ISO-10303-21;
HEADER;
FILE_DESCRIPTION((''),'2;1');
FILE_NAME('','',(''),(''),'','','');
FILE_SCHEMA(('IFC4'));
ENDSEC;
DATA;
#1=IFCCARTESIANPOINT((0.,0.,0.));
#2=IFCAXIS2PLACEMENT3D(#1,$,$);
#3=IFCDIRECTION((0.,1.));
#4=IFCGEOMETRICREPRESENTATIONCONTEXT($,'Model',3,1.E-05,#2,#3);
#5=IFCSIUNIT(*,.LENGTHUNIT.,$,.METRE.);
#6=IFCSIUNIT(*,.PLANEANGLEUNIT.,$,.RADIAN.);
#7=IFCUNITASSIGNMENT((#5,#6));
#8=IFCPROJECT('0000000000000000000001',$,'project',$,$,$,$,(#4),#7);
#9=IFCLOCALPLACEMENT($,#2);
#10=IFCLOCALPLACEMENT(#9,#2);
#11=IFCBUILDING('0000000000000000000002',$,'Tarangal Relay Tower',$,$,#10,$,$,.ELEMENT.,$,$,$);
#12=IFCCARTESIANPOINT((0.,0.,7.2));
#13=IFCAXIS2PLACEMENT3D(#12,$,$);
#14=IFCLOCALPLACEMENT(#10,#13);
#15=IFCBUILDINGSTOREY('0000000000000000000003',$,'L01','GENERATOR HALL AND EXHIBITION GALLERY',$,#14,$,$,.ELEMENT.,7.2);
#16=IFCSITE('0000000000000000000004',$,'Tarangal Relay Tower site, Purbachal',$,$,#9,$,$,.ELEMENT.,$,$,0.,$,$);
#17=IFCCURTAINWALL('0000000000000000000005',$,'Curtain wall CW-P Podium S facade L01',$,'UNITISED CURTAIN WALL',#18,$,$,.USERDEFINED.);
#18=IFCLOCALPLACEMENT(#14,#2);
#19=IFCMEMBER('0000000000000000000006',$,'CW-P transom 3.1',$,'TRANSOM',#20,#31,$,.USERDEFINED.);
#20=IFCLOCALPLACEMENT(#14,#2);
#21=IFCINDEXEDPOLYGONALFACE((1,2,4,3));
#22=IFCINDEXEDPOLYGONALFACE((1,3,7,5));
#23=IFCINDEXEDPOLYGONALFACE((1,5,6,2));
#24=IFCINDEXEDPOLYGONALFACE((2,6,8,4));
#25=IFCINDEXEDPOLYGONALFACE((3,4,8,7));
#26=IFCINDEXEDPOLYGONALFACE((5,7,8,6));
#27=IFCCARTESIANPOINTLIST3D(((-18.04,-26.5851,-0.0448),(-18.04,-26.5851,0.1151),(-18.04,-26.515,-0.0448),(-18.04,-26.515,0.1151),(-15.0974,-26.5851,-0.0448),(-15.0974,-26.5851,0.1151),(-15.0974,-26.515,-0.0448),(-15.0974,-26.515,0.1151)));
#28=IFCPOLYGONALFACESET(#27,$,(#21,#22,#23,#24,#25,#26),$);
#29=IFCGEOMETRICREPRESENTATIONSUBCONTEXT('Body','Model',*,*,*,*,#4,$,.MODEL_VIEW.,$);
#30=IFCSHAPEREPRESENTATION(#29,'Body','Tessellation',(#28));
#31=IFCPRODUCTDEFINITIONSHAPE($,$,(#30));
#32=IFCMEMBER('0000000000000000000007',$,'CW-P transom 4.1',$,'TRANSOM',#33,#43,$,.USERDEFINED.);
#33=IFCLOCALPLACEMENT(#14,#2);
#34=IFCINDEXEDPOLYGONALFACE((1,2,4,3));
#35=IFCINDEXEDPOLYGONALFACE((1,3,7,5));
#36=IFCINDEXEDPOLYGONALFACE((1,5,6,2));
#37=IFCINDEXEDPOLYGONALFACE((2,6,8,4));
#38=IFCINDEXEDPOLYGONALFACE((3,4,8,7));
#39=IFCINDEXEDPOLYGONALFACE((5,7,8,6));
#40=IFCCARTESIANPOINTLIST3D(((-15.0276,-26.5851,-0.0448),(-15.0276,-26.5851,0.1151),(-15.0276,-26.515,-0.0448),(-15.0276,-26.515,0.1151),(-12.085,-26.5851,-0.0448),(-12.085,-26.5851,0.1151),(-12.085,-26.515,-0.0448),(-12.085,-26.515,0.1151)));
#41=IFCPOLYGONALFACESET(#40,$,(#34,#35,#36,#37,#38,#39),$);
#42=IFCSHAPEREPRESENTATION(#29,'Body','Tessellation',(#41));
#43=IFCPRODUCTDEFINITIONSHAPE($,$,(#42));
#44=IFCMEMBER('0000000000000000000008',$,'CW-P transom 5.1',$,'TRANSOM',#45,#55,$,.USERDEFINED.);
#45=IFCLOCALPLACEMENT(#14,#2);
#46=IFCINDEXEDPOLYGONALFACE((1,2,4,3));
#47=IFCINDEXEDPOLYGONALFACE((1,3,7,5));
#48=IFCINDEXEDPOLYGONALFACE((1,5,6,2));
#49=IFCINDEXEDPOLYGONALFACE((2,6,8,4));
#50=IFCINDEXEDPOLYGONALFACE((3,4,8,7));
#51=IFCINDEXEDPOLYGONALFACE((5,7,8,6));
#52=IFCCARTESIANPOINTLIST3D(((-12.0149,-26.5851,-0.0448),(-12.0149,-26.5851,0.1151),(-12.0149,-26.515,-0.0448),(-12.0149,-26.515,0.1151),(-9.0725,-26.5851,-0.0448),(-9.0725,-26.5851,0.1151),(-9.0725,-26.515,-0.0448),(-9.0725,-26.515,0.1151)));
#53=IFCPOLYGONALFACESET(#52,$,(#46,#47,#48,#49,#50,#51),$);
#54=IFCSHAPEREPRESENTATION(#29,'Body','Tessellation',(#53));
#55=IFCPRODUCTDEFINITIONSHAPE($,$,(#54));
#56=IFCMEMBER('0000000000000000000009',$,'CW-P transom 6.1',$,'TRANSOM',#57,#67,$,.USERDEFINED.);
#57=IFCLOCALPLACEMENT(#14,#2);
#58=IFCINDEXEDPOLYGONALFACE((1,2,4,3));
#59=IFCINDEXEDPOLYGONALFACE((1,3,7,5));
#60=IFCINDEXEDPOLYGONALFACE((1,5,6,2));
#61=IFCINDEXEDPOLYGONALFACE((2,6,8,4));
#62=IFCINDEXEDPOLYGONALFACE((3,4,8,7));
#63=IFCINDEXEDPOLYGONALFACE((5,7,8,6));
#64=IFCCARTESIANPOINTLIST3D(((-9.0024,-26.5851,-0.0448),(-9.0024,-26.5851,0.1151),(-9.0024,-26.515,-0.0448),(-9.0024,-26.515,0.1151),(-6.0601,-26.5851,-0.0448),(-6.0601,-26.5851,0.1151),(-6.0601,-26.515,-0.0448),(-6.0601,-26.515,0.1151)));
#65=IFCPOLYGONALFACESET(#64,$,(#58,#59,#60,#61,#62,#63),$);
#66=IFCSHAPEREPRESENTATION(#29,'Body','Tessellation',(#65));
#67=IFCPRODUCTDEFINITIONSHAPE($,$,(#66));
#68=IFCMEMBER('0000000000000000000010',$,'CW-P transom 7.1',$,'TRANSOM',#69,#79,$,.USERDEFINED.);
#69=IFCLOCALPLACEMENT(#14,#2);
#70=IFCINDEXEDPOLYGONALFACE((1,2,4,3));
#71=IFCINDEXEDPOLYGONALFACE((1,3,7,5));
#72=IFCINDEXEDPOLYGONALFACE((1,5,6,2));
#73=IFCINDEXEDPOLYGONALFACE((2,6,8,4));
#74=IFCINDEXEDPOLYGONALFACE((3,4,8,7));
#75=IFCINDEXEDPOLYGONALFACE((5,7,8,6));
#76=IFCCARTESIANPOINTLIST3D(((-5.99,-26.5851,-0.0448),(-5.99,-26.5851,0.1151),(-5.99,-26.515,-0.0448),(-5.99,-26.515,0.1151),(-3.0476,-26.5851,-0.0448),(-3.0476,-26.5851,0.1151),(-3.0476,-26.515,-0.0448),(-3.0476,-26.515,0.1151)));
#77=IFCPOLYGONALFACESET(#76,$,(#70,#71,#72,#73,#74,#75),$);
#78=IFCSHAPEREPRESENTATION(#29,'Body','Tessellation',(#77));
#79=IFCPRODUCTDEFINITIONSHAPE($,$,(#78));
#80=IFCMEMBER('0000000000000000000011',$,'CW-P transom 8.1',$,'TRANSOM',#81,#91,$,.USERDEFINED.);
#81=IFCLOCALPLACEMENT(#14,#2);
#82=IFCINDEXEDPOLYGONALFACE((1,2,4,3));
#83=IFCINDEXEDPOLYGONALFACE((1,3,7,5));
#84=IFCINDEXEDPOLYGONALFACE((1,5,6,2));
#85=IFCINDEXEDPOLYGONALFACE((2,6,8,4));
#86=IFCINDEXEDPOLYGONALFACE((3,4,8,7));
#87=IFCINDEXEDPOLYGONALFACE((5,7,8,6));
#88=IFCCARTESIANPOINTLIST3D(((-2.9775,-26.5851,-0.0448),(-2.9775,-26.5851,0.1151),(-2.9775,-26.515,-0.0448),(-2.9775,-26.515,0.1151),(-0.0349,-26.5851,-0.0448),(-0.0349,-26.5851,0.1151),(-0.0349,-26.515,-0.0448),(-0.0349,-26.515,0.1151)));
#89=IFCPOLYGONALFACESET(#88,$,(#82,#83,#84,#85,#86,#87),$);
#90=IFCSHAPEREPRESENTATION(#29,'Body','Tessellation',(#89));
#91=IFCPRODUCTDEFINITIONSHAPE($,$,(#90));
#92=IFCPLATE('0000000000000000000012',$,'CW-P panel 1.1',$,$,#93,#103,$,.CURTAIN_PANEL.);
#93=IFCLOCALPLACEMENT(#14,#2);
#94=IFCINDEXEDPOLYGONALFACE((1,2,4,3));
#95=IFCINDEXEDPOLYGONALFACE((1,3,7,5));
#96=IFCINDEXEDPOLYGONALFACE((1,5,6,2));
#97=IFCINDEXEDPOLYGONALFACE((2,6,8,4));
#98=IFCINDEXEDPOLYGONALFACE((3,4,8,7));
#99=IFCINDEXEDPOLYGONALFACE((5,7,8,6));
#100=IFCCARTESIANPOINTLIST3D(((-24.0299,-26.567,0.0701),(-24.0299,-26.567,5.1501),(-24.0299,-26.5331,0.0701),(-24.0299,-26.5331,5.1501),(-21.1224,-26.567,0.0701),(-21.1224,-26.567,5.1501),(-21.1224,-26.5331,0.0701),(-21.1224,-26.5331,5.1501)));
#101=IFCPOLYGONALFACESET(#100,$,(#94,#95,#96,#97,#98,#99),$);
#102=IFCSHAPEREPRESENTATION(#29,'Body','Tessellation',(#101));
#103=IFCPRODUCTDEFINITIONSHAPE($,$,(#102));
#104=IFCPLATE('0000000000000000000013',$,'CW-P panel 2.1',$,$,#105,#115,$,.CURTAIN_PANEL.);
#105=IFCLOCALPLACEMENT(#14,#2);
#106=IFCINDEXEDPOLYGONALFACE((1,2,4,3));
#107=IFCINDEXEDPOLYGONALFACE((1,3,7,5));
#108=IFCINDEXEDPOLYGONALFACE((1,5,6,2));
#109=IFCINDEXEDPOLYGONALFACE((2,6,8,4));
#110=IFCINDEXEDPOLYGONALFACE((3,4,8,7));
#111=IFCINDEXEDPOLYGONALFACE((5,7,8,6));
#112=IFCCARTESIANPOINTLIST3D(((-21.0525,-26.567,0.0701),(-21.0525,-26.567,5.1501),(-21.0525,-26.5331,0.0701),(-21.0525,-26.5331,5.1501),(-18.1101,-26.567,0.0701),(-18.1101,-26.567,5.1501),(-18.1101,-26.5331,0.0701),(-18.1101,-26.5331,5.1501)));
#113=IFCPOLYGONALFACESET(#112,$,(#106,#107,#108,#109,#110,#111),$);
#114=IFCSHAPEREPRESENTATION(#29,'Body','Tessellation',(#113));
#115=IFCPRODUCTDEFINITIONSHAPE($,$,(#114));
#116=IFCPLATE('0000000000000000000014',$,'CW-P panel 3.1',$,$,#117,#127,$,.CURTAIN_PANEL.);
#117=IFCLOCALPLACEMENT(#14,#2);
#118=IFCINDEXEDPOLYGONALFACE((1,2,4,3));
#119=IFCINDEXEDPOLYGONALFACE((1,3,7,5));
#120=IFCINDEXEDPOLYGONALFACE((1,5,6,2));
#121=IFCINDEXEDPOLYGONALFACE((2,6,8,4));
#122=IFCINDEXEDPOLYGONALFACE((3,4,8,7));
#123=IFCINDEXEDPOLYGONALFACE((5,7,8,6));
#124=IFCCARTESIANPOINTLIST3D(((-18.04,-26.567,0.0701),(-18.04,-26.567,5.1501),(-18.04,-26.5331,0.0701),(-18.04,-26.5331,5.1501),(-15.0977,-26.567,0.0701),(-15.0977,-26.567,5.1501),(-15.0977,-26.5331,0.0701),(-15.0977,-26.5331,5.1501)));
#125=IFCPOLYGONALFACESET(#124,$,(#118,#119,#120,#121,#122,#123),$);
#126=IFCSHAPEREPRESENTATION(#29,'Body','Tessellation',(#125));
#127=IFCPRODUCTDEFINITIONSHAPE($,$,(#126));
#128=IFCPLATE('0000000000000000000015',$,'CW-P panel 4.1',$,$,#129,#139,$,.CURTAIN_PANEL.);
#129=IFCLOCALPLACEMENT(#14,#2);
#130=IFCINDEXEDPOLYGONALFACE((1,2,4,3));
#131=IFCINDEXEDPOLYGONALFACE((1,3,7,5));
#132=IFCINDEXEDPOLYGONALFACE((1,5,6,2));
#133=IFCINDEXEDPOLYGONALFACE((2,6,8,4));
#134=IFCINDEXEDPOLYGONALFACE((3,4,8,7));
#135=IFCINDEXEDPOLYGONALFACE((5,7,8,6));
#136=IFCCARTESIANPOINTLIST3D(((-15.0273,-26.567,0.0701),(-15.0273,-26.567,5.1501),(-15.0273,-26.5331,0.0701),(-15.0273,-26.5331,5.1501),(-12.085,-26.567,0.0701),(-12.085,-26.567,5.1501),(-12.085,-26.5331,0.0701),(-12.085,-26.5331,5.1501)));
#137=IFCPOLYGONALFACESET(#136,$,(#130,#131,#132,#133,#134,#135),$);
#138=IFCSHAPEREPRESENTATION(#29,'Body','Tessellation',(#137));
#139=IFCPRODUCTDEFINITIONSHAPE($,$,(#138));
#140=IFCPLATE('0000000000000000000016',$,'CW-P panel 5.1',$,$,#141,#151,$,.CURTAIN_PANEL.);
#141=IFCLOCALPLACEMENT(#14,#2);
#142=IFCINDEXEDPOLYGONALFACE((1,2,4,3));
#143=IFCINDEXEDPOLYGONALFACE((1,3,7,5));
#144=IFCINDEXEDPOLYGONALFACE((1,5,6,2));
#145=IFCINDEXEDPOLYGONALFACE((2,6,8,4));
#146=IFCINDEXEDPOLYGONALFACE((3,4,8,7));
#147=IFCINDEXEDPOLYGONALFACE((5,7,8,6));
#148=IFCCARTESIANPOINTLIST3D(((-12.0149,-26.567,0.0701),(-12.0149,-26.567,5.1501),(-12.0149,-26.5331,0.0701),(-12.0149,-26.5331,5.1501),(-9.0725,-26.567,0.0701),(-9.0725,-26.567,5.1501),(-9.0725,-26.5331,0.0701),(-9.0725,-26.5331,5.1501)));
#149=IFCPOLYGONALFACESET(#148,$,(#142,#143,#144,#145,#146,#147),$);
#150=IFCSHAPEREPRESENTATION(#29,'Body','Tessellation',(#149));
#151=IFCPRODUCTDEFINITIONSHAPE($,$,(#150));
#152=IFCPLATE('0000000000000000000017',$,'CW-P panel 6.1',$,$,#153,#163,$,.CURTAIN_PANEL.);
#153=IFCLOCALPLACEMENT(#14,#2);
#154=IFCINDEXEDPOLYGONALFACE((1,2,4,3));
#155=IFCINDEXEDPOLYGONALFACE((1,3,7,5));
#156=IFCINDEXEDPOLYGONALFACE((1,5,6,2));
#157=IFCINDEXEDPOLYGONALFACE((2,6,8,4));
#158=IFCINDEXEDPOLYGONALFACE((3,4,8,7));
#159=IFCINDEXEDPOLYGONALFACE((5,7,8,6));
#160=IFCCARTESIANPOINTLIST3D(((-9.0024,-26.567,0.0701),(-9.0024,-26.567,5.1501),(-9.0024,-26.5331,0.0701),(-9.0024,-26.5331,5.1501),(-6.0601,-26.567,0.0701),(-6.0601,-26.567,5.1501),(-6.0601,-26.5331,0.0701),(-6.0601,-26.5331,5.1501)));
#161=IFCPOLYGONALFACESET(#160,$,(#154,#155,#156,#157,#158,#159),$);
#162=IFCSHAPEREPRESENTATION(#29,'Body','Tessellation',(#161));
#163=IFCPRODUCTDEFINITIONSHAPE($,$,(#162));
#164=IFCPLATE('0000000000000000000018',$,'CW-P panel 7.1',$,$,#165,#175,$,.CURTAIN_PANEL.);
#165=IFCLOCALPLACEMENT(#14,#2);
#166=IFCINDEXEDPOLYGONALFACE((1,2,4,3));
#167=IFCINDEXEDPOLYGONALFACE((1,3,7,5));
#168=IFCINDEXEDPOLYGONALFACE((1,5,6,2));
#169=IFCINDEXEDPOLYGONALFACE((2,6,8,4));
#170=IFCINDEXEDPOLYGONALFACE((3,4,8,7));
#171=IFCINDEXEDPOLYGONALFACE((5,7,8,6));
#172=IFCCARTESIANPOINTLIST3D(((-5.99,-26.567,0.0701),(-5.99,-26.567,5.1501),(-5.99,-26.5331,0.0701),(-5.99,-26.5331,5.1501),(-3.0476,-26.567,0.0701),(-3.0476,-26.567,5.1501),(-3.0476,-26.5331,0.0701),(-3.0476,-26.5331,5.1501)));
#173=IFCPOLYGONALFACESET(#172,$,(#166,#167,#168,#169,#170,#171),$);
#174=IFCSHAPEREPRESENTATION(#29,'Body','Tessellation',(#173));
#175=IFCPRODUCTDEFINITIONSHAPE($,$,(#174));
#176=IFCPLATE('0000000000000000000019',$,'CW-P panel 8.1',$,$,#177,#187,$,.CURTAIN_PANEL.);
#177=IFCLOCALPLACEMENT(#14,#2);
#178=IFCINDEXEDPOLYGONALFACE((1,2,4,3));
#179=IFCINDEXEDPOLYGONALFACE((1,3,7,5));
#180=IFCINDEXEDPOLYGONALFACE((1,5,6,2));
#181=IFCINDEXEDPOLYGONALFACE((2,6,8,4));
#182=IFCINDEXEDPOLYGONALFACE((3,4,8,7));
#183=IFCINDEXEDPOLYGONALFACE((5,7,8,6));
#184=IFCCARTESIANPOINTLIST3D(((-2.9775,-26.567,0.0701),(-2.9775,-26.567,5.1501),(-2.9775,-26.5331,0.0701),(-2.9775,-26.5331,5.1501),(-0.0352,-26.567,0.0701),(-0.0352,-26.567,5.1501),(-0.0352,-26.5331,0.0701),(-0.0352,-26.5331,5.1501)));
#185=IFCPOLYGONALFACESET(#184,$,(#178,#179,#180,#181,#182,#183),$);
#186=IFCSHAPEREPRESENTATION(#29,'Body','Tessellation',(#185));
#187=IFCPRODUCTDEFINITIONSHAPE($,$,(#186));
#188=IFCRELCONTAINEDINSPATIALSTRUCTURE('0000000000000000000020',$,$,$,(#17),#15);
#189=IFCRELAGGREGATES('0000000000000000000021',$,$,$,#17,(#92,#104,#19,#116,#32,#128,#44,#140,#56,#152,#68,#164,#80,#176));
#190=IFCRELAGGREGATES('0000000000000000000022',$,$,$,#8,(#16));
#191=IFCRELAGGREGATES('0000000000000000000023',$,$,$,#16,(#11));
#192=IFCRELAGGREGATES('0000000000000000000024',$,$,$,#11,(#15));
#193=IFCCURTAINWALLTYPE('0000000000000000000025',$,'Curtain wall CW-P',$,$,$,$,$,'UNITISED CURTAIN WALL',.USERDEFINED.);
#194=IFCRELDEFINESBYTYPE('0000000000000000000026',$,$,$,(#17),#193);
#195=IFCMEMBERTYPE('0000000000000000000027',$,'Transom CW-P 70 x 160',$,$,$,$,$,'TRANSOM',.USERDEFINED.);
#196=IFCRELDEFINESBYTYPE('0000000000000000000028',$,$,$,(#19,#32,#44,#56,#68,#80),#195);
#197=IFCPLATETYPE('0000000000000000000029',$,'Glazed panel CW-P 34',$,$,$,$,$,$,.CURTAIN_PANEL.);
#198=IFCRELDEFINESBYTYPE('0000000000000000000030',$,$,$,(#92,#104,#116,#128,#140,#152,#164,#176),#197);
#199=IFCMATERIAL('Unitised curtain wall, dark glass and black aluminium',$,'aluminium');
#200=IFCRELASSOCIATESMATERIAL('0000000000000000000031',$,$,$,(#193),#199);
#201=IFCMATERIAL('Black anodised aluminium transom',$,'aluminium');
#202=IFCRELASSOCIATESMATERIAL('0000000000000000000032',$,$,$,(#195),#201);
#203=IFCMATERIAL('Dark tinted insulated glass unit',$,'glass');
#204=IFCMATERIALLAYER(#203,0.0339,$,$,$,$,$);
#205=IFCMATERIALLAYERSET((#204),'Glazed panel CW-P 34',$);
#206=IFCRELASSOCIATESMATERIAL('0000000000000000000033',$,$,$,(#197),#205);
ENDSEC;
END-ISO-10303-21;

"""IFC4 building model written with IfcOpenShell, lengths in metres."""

from ifc_helpers import new_model, si_unit, direction, frame, origin, origin_2d, place, context, subcontext, project, spatial, rectangle, extrude, material, layer, layer_set, material_profile, profile_set, type_object, element, aggregate, save


model = new_model("IFC4")

# Units and contexts
model_context = context("Model", 3, precision=1e-05, world=origin(), true_north=direction((0.0, 1.0)))
body_context = subcontext(model_context, "Body", "Model", "MODEL_VIEW")
ifc_project = project(units=[si_unit("LENGTHUNIT", "METRE"), si_unit("PLANEANGLEUNIT", "RADIAN")], contexts=[model_context])

# Site, building, storey
site_placement = place(None, origin())
site = spatial("IfcSite", under=ifc_project, at=site_placement, Name="Tarangal Relay Tower site, Purbachal", CompositionType="ELEMENT", RefElevation=0.0)
building_placement = place(site_placement, origin())
building = spatial("IfcBuilding", under=site, at=building_placement, Name="Tarangal Relay Tower", CompositionType="ELEMENT")
storey_placement = place(building_placement, frame((0.0, 0.0, 7.2)))
storey = spatial("IfcBuildingStorey", under=building, at=storey_placement, Name="L01", Description="GENERATOR HALL AND EXHIBITION GALLERY", CompositionType="ELEMENT", Elevation=7.2)

# Curtain wall, members, plates
ifc_material_1 = material(Name="Unitised curtain wall, dark glass and black aluminium", Category="aluminium")
curtain_wall_type = type_object("IfcCurtainWallType", Name="Curtain wall CW-P", ElementType="UNITISED CURTAIN WALL", PredefinedType="USERDEFINED", material=ifc_material_1)
curtain_wall_placement = place(storey_placement, origin())
curtain_wall = element("IfcCurtainWall", 1, at=curtain_wall_placement, inside=storey, type_object=curtain_wall_type, Name="Curtain wall CW-P Podium S facade L01", ObjectType="UNITISED CURTAIN WALL", PredefinedType="USERDEFINED")
ifc_material_2 = material(Name="Black anodised aluminium transom", Category="aluminium")
ifc_material_profile_1 = material_profile(ifc_material_2, rectangle(XDim=0.0701, YDim=0.1599, at=origin_2d()), Name="CW-PT 70X160")
ifc_profile_set_1 = profile_set([ifc_material_profile_1], Name="Black anodised aluminium transom")
member_type_1 = type_object("IfcMemberType", Name="Transom CW-P 70 x 160", ElementType="TRANSOM", PredefinedType="USERDEFINED", material=ifc_profile_set_1)
member_1_placement = place(storey_placement, frame((-18.04, -26.55, 0.0352), z_axis=(1.0, 0.0, 0.0), x_axis=(0.0, 1.0, 0.0)))
member_1 = element("IfcMember", 2, at=member_1_placement, type_object=member_type_1, Name="CW-P transom 3.1", ObjectType="TRANSOM", PredefinedType="USERDEFINED", context=body_context, shape_type="SweptSolid", body=[
    extrude(rectangle(XDim=0.0701, YDim=0.1599, at=origin_2d()), origin(), (0.0, 0.0, 1.0), 2.9426),
])
member_2_placement = place(storey_placement, frame((-15.0276, -26.55, 0.0352), z_axis=(1.0, 0.0, 0.0), x_axis=(0.0, 1.0, 0.0)))
member_2 = element("IfcMember", 3, at=member_2_placement, type_object=member_type_1, Name="CW-P transom 4.1", ObjectType="TRANSOM", PredefinedType="USERDEFINED", context=body_context, shape_type="SweptSolid", body=[
    extrude(rectangle(XDim=0.0701, YDim=0.1599, at=origin_2d()), origin(), (0.0, 0.0, 1.0), 2.9426),
])
member_3_placement = place(storey_placement, frame((-12.0149, -26.55, 0.0352), z_axis=(1.0, 0.0, 0.0), x_axis=(0.0, 1.0, 0.0)))
member_3 = element("IfcMember", 4, at=member_3_placement, type_object=member_type_1, Name="CW-P transom 5.1", ObjectType="TRANSOM", PredefinedType="USERDEFINED", context=body_context, shape_type="SweptSolid", body=[
    extrude(rectangle(XDim=0.0701, YDim=0.1599, at=origin_2d()), origin(), (0.0, 0.0, 1.0), 2.9424),
])
member_4_placement = place(storey_placement, frame((-9.0024, -26.55, 0.0352), z_axis=(1.0, 0.0, 0.0), x_axis=(0.0, 1.0, 0.0)))
member_4 = element("IfcMember", 5, at=member_4_placement, type_object=member_type_1, Name="CW-P transom 6.1", ObjectType="TRANSOM", PredefinedType="USERDEFINED", context=body_context, shape_type="SweptSolid", body=[
    extrude(rectangle(XDim=0.0701, YDim=0.1599, at=origin_2d()), origin(), (0.0, 0.0, 1.0), 2.9424),
])
member_5_placement = place(storey_placement, frame((-5.99, -26.55, 0.0352), z_axis=(1.0, 0.0, 0.0), x_axis=(0.0, 1.0, 0.0)))
member_5 = element("IfcMember", 6, at=member_5_placement, type_object=member_type_1, Name="CW-P transom 7.1", ObjectType="TRANSOM", PredefinedType="USERDEFINED", context=body_context, shape_type="SweptSolid", body=[
    extrude(rectangle(XDim=0.0701, YDim=0.1599, at=origin_2d()), origin(), (0.0, 0.0, 1.0), 2.9424),
])
member_6_placement = place(storey_placement, frame((-2.9775, -26.55, 0.0352), z_axis=(1.0, 0.0, 0.0), x_axis=(0.0, 1.0, 0.0)))
member_6 = element("IfcMember", 7, at=member_6_placement, type_object=member_type_1, Name="CW-P transom 8.1", ObjectType="TRANSOM", PredefinedType="USERDEFINED", context=body_context, shape_type="SweptSolid", body=[
    extrude(rectangle(XDim=0.0701, YDim=0.1599, at=origin_2d()), origin(), (0.0, 0.0, 1.0), 2.9426),
])
ifc_material_3 = material(Name="Dark tinted insulated glass unit", Category="glass")
ifc_layer_1 = layer(ifc_material_3, 0.0339)
ifc_layer_set_1 = layer_set([ifc_layer_1], Name="Glazed panel CW-P 34")
plate_type = type_object("IfcPlateType", Name="Glazed panel CW-P 34", PredefinedType="CURTAIN_PANEL", material=ifc_layer_set_1)
plate_1_placement = place(storey_placement, frame((-22.5762, -26.55, 0.0701), z_axis=(0.0, 0.0, 1.0), x_axis=(1.0, 0.0, 0.0)))
plate_1 = element("IfcPlate", 8, at=plate_1_placement, type_object=plate_type, Name="CW-P panel 1.1", PredefinedType="CURTAIN_PANEL", context=body_context, shape_type="SweptSolid", body=[
    extrude(rectangle(XDim=2.9075, YDim=0.0339, at=origin_2d()), origin(), (0.0, 0.0, 1.0), 5.0801),
])
plate_2_placement = place(storey_placement, frame((-19.5813, -26.55, 0.0701), z_axis=(0.0, 0.0, 1.0), x_axis=(1.0, 0.0, 0.0)))
plate_2 = element("IfcPlate", 9, at=plate_2_placement, type_object=plate_type, Name="CW-P panel 2.1", PredefinedType="CURTAIN_PANEL", context=body_context, shape_type="SweptSolid", body=[
    extrude(rectangle(XDim=2.9424, YDim=0.0339, at=origin_2d()), origin(), (0.0, 0.0, 1.0), 5.0801),
])
plate_3_placement = place(storey_placement, frame((-16.5688, -26.55, 0.0701), z_axis=(0.0, 0.0, 1.0), x_axis=(1.0, 0.0, 0.0)))
plate_3 = element("IfcPlate", 10, at=plate_3_placement, type_object=plate_type, Name="CW-P panel 3.1", PredefinedType="CURTAIN_PANEL", context=body_context, shape_type="SweptSolid", body=[
    extrude(rectangle(XDim=2.9424, YDim=0.0339, at=origin_2d()), origin(), (0.0, 0.0, 1.0), 5.0801),
])
plate_4_placement = place(storey_placement, frame((-13.5562, -26.55, 0.0701), z_axis=(0.0, 0.0, 1.0), x_axis=(1.0, 0.0, 0.0)))
plate_4 = element("IfcPlate", 11, at=plate_4_placement, type_object=plate_type, Name="CW-P panel 4.1", PredefinedType="CURTAIN_PANEL", context=body_context, shape_type="SweptSolid", body=[
    extrude(rectangle(XDim=2.9424, YDim=0.0339, at=origin_2d()), origin(), (0.0, 0.0, 1.0), 5.0801),
])
plate_5_placement = place(storey_placement, frame((-10.5437, -26.55, 0.0701), z_axis=(0.0, 0.0, 1.0), x_axis=(1.0, 0.0, 0.0)))
plate_5 = element("IfcPlate", 12, at=plate_5_placement, type_object=plate_type, Name="CW-P panel 5.1", PredefinedType="CURTAIN_PANEL", context=body_context, shape_type="SweptSolid", body=[
    extrude(rectangle(XDim=2.9424, YDim=0.0339, at=origin_2d()), origin(), (0.0, 0.0, 1.0), 5.0801),
])
plate_6_placement = place(storey_placement, frame((-7.5312, -26.55, 0.0701), z_axis=(0.0, 0.0, 1.0), x_axis=(1.0, 0.0, 0.0)))
plate_6 = element("IfcPlate", 13, at=plate_6_placement, type_object=plate_type, Name="CW-P panel 6.1", PredefinedType="CURTAIN_PANEL", context=body_context, shape_type="SweptSolid", body=[
    extrude(rectangle(XDim=2.9424, YDim=0.0339, at=origin_2d()), origin(), (0.0, 0.0, 1.0), 5.0801),
])
plate_7_placement = place(storey_placement, frame((-4.5188, -26.55, 0.0701), z_axis=(0.0, 0.0, 1.0), x_axis=(1.0, 0.0, 0.0)))
plate_7 = element("IfcPlate", 14, at=plate_7_placement, type_object=plate_type, Name="CW-P panel 7.1", PredefinedType="CURTAIN_PANEL", context=body_context, shape_type="SweptSolid", body=[
    extrude(rectangle(XDim=2.9424, YDim=0.0339, at=origin_2d()), origin(), (0.0, 0.0, 1.0), 5.0801),
])
plate_8_placement = place(storey_placement, frame((-1.5063, -26.55, 0.0701), z_axis=(0.0, 0.0, 1.0), x_axis=(1.0, 0.0, 0.0)))
plate_8 = element("IfcPlate", 15, at=plate_8_placement, type_object=plate_type, Name="CW-P panel 8.1", PredefinedType="CURTAIN_PANEL", context=body_context, shape_type="SweptSolid", body=[
    extrude(rectangle(XDim=2.9424, YDim=0.0339, at=origin_2d()), origin(), (0.0, 0.0, 1.0), 5.0801),
])
aggregate(curtain_wall, [plate_1, plate_2, member_1, plate_3, member_2, plate_4, member_3, plate_5, member_4, plate_6, member_5, plate_7, member_6, plate_8])

save(model, "model.ifc")
